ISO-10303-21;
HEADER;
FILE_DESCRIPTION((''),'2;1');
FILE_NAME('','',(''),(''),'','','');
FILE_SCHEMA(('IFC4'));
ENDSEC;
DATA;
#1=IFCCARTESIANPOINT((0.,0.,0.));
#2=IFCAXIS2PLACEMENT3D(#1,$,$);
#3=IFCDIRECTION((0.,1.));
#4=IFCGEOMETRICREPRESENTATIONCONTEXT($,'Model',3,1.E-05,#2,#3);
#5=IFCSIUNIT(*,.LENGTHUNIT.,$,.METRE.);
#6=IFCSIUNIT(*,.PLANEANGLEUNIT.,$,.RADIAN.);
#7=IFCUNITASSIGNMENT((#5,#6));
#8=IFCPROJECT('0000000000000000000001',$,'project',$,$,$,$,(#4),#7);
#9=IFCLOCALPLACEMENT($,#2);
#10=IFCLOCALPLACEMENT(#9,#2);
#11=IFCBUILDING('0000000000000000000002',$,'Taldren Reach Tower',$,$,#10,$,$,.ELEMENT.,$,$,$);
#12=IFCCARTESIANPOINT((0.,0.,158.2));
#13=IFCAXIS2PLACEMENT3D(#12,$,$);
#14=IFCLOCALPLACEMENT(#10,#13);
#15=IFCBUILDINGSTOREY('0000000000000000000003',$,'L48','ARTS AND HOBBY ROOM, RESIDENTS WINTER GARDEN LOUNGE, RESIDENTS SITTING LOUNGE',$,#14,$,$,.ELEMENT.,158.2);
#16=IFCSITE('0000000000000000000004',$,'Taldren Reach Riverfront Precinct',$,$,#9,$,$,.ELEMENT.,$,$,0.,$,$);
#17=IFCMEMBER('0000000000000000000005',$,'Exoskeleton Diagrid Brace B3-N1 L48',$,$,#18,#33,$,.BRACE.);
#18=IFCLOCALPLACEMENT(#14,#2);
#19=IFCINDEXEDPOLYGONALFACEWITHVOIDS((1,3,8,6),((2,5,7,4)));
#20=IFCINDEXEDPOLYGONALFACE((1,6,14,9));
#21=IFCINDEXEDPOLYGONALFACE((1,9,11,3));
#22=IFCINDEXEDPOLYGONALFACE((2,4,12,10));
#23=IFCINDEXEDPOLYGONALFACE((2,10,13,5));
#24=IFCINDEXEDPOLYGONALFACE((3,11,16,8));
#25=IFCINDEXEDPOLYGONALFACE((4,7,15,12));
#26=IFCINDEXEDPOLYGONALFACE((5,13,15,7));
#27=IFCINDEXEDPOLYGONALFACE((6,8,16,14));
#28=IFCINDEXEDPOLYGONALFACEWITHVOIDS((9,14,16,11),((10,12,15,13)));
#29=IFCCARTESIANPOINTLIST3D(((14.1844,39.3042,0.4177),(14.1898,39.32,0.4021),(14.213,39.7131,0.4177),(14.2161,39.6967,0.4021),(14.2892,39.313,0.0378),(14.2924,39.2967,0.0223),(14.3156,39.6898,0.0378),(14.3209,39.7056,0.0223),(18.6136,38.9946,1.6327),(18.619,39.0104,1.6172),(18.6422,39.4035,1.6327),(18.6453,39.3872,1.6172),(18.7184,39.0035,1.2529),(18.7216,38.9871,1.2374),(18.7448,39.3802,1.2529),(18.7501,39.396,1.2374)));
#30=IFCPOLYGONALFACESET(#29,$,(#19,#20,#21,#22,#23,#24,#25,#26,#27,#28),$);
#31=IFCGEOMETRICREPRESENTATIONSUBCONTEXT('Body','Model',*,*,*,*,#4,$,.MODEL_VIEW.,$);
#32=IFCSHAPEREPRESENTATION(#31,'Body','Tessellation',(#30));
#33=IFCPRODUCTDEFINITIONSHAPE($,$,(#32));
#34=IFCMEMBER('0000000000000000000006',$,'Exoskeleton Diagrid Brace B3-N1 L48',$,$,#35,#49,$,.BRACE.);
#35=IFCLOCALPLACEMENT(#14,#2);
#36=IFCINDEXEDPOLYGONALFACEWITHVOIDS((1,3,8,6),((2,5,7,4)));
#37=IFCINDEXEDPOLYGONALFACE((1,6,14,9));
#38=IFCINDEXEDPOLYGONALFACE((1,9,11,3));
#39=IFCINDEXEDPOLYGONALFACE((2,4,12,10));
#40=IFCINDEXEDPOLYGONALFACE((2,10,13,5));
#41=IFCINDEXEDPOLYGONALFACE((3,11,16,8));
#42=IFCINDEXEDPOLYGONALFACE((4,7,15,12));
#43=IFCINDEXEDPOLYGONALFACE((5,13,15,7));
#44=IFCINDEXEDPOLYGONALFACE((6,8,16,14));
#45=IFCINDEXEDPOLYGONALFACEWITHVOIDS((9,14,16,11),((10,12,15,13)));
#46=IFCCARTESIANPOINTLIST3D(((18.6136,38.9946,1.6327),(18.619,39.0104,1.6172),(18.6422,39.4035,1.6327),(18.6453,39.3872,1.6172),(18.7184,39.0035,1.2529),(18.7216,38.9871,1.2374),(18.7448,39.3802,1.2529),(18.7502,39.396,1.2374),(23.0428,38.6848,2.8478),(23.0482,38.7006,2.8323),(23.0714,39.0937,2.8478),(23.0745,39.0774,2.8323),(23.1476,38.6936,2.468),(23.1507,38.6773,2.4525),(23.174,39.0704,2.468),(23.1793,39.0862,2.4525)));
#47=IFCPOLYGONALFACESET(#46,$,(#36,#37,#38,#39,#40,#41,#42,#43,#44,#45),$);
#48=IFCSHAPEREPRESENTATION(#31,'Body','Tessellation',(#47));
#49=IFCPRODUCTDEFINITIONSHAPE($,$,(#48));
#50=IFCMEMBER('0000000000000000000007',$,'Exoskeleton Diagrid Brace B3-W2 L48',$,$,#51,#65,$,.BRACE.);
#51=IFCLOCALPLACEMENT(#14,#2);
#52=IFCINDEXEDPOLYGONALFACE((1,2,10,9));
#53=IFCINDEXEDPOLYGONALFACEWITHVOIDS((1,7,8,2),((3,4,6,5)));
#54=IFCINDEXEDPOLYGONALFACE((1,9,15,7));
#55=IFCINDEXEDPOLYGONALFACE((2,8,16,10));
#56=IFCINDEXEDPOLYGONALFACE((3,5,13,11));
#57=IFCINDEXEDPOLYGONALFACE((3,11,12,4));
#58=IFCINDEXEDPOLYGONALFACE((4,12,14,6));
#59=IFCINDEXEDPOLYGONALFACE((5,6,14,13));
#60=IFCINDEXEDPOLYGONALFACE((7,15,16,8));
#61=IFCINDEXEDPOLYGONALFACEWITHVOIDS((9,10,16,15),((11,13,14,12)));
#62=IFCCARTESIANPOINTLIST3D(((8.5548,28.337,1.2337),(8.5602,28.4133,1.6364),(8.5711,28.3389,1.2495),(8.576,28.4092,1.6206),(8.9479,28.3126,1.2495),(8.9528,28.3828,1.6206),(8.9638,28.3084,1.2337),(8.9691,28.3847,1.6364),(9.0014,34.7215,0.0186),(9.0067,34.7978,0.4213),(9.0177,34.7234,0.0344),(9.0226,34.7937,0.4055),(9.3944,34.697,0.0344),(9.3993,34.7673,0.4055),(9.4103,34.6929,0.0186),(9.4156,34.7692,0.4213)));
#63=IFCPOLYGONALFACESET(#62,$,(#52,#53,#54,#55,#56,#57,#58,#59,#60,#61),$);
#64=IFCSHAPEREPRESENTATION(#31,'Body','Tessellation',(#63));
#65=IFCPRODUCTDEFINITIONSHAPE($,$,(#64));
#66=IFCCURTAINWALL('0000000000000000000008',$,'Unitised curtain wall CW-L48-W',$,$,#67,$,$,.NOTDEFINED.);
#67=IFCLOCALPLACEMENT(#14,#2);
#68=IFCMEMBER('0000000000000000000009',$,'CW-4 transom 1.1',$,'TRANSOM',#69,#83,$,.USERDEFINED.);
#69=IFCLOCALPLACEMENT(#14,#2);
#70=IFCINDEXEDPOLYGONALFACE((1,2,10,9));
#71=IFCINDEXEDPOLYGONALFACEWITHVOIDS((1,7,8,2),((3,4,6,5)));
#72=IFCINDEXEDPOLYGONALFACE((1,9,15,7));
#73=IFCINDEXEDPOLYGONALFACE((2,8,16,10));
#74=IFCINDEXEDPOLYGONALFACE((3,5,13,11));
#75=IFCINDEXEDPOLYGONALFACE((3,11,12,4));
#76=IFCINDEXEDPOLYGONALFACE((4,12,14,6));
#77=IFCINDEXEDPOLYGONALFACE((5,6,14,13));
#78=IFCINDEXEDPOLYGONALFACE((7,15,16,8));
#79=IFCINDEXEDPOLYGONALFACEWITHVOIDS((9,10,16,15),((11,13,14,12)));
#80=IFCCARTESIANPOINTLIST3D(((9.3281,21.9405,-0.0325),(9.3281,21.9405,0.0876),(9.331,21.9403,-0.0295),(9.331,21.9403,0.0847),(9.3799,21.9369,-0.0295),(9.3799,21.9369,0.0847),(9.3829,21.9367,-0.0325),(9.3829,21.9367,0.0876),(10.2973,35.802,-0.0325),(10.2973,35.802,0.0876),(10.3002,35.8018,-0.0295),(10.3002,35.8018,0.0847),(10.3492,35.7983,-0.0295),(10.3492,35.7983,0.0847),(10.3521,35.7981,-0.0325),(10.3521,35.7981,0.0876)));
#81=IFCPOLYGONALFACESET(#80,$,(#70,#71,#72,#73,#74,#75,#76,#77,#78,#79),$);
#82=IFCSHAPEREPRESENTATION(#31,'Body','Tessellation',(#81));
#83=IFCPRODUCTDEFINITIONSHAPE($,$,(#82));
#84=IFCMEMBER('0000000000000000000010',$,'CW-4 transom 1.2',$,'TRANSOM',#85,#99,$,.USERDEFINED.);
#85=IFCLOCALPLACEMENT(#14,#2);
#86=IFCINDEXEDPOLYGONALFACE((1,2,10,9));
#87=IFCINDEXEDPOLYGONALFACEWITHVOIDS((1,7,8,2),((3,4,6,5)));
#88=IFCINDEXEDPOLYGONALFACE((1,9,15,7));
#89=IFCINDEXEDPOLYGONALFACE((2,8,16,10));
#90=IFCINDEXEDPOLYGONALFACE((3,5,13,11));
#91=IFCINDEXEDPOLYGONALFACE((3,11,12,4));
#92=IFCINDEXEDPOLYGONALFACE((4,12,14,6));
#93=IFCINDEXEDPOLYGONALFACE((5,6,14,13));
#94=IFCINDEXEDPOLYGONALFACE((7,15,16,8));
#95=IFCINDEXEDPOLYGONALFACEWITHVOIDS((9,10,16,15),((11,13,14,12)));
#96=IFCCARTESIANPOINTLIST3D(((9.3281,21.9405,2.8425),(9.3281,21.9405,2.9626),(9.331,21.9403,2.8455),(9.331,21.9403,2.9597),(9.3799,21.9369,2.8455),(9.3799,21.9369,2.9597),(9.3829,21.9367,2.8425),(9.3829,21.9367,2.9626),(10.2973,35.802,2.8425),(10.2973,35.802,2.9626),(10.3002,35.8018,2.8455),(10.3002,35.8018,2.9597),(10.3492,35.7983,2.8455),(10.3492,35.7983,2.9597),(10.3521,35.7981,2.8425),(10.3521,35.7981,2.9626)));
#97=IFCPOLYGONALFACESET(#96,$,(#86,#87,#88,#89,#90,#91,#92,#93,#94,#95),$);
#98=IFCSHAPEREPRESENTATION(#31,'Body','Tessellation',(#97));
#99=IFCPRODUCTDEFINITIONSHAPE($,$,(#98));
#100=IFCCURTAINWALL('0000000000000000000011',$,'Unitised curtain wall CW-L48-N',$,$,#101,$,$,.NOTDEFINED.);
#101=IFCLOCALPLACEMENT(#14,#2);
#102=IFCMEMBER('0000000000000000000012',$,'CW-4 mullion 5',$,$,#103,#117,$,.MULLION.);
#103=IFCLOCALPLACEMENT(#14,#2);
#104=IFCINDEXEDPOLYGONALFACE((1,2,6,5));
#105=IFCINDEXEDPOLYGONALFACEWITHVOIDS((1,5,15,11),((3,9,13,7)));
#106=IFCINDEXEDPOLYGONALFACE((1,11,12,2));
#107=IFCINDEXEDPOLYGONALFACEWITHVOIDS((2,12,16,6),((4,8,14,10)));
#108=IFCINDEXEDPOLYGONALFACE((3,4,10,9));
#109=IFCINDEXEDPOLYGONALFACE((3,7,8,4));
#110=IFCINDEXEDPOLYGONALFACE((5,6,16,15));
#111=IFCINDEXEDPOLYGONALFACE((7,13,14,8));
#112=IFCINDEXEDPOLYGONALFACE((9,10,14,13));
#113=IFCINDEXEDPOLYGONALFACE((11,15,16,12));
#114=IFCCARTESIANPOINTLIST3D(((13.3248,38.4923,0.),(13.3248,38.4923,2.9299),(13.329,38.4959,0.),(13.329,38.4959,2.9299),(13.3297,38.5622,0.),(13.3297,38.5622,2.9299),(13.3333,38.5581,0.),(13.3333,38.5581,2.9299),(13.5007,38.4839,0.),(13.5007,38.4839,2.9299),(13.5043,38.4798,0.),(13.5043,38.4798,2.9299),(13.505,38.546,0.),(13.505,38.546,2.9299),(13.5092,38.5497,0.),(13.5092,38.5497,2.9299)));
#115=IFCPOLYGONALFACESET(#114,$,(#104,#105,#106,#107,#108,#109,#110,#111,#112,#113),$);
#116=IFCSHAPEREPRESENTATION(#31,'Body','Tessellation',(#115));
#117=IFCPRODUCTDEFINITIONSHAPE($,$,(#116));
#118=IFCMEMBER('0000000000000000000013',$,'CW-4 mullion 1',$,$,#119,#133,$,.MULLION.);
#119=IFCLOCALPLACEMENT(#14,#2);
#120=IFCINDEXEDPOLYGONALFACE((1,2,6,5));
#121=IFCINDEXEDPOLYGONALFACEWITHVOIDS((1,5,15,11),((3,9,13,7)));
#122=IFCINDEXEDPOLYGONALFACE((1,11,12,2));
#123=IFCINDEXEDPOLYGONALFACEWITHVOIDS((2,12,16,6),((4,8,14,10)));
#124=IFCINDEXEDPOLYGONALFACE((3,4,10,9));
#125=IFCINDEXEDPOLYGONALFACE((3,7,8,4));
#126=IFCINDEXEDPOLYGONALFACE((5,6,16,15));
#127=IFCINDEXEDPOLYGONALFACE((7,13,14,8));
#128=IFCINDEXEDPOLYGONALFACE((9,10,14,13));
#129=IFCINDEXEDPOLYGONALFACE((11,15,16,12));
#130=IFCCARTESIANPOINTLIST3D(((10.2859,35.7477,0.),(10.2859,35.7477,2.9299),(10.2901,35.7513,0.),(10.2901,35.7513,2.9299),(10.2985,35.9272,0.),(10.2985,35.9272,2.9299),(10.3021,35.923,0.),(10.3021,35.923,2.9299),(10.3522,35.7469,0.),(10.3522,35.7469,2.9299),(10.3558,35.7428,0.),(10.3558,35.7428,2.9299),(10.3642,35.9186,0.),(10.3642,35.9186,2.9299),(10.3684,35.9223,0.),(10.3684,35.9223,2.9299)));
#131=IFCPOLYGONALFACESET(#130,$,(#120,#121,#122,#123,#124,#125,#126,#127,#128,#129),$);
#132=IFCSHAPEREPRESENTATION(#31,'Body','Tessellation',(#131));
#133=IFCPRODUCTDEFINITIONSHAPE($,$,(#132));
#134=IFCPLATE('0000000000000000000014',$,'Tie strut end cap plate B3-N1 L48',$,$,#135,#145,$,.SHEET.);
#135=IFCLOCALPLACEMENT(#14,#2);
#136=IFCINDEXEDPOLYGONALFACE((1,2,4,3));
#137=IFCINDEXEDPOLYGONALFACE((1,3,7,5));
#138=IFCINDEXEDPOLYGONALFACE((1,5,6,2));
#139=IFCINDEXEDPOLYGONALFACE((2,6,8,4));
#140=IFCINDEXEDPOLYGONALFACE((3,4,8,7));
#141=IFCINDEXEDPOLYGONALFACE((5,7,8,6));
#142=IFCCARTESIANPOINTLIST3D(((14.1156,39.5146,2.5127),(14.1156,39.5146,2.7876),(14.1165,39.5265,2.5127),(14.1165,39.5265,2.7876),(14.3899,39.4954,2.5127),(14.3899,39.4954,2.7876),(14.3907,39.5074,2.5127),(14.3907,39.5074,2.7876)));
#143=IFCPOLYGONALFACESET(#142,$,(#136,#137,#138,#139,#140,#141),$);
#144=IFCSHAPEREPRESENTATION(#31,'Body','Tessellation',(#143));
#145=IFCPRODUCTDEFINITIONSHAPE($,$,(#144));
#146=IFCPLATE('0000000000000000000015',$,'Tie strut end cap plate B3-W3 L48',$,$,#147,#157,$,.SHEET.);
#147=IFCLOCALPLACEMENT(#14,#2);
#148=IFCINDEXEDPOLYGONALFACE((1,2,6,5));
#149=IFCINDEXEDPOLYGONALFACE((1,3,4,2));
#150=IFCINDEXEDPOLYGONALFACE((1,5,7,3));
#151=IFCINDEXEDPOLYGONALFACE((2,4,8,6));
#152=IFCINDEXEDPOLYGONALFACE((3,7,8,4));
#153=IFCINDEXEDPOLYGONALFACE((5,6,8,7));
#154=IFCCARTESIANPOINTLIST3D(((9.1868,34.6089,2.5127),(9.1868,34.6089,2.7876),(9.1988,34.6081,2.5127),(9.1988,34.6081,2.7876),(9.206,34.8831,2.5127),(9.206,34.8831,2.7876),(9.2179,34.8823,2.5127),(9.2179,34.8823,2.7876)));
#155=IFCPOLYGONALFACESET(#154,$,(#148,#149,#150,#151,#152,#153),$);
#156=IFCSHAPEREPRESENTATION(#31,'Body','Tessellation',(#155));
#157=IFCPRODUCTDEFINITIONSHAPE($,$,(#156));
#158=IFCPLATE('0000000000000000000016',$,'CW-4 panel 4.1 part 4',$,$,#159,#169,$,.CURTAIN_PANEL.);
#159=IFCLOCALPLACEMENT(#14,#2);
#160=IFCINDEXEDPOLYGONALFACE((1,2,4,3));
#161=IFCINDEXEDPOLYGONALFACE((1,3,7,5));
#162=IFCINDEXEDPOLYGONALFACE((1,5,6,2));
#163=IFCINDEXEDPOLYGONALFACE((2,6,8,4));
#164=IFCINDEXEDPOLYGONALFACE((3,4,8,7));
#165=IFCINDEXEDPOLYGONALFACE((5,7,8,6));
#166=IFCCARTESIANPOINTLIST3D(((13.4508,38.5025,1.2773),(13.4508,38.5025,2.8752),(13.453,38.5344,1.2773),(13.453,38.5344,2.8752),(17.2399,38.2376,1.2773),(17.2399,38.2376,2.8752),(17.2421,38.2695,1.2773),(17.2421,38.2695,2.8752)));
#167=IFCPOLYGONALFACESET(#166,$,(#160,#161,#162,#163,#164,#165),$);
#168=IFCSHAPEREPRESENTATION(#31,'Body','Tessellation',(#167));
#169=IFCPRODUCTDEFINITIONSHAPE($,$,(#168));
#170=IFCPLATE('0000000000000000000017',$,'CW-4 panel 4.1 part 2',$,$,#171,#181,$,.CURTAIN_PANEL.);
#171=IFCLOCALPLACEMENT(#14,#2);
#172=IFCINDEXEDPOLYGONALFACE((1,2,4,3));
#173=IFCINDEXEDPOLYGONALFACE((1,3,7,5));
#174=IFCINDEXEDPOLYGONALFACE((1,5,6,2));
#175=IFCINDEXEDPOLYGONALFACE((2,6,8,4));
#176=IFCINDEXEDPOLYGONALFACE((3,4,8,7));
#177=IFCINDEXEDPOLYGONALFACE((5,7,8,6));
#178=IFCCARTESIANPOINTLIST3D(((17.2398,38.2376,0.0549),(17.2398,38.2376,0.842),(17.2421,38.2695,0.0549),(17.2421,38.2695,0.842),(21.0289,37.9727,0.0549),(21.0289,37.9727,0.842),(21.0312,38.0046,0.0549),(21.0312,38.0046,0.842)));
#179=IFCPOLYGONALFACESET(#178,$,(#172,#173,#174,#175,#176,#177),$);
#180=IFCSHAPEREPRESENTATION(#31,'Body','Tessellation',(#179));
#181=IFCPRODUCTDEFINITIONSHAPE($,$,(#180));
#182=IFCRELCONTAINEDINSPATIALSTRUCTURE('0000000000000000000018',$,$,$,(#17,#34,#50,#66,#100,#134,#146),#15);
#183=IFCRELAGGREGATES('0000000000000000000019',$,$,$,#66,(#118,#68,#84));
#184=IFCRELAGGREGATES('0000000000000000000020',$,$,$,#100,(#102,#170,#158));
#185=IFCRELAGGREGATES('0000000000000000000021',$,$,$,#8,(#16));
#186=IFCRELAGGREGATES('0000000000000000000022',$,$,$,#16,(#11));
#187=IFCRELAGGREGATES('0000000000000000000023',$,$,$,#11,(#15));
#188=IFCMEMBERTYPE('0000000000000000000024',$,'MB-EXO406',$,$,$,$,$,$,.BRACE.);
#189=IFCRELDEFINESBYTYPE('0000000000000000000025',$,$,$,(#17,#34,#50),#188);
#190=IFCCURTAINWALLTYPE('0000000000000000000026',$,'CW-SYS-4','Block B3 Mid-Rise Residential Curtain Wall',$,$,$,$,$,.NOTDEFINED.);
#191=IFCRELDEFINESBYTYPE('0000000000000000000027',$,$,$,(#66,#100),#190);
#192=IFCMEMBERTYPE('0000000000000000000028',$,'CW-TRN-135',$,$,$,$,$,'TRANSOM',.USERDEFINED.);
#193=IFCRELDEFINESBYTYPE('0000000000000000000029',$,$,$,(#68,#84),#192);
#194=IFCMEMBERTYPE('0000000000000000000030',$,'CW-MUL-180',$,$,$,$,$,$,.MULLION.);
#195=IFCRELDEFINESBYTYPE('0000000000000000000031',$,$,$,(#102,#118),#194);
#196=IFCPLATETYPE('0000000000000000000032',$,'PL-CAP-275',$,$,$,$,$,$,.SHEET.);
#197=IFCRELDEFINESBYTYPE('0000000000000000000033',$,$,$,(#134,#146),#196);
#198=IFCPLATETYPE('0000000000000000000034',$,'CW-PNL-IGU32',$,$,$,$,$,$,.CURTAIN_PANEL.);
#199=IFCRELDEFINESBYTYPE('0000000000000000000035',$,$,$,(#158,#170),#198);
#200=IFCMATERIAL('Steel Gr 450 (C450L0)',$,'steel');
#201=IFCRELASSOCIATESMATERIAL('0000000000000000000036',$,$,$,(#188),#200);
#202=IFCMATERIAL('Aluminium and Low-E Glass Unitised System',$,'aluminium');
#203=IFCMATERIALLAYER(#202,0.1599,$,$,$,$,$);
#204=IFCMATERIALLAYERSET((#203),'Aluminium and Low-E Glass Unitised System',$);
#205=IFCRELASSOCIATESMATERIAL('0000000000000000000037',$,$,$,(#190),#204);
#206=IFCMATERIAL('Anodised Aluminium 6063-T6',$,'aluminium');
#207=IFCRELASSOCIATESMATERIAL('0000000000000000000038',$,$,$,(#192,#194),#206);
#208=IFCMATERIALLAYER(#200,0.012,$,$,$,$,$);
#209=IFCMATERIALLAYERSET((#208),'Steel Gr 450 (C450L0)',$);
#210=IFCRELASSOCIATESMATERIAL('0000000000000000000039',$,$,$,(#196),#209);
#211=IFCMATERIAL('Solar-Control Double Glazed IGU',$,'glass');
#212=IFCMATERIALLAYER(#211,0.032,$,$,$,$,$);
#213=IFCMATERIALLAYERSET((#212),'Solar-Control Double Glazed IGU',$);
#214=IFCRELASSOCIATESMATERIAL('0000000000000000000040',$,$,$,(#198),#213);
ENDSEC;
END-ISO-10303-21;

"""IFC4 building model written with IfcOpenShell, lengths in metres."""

from ifc_helpers import new_model, si_unit, direction, frame, origin, origin_2d, place, context, subcontext, project, spatial, rectangle, hollow_rectangle, extrude, source, transform, mapped, material, layer, layer_set, material_profile, profile_set, type_object, element, aggregate, save


model = new_model("IFC4")

# Units and contexts
model_context = context("Model", 3, precision=1e-05, world=origin(), true_north=direction((0.0, 1.0)))
body_context = subcontext(model_context, "Body", "Model", "MODEL_VIEW")
ifc_project = project(units=[si_unit("LENGTHUNIT", "METRE"), si_unit("PLANEANGLEUNIT", "RADIAN")], contexts=[model_context])

# Site, building, storey
site_placement = place(None, origin())
site = spatial("IfcSite", under=ifc_project, at=site_placement, Name="Taldren Reach Riverfront Precinct", CompositionType="ELEMENT", RefElevation=0.0)
building_placement = place(site_placement, origin())
building = spatial("IfcBuilding", under=site, at=building_placement, Name="Taldren Reach Tower", CompositionType="ELEMENT")
storey_placement = place(building_placement, frame((0.0, 0.0, 158.2)))
storey = spatial("IfcBuildingStorey", under=building, at=storey_placement, Name="L48", Description="ARTS AND HOBBY ROOM, RESIDENTS WINTER GARDEN LOUNGE, RESIDENTS SITTING LOUNGE", CompositionType="ELEMENT", Elevation=158.2)

# Shared definitions
ifc_material_1 = material(Name="Steel Gr 450 (C450L0)", Category="steel")

# Members
ifc_material_profile_1 = material_profile(ifc_material_1, hollow_rectangle(XDim=0.4099, YDim=0.4099, WallThickness=0.0161, at=origin_2d()), Name="410x410x16.0SHS")
ifc_profile_set_1 = profile_set([ifc_material_profile_1], Name="Steel Gr 450 (C450L0)")
member_type_1 = type_object("IfcMemberType", Name="MB-EXO406", PredefinedType="BRACE", material=ifc_profile_set_1)
shared_shape_1 = source(origin(), body_context, "Body", "SweptSolid", [
    extrude(hollow_rectangle(XDim=0.4099, YDim=0.4099, WallThickness=0.0161, at=origin_2d()), origin(), (0.0, 0.0, 1.0), 4.6033),
])
for number, where, z_axis, x_axis, name in (
    (1, (14.2527, 39.5049, 0.22), (0.962186, -0.06725, 0.263962), (0.069723, 0.997566, 0.0), "Exoskeleton Diagrid Brace B3-N1 L48"),
    (2, (18.6819, 39.1953, 1.4351), (0.962182, -0.067303, 0.263961), (0.069778, 0.997563, 0.0), "Exoskeleton Diagrid Brace B3-N1 L48"),
):
    element("IfcMember", number, at=place(storey_placement, frame(where, z_axis=z_axis, x_axis=x_axis)), inside=storey, type_object=member_type_1, Name=name, PredefinedType="BRACE", context=body_context, shape_type="MappedRepresentation", body=[
        mapped(shared_shape_1, transform((0.0, 0.0, 0.0), scale=1.0)),
    ])
shared_shape_2 = source(origin(), body_context, "Body", "SweptSolid", [
    extrude(hollow_rectangle(XDim=0.4099, YDim=0.4099, WallThickness=0.0161, at=origin_2d()), origin(), (0.0, 0.0, 1.0), 6.5144),
])
member_1_placement = place(storey_placement, frame((9.2085, 34.7454, 0.22), z_axis=(-0.068545, -0.980057, 0.186522), x_axis=(0.997563, -0.06977, 0.0)))
element("IfcMember", 3, at=member_1_placement, inside=storey, type_object=member_type_1, Name="Exoskeleton Diagrid Brace B3-W2 L48", PredefinedType="BRACE", context=body_context, shape_type="MappedRepresentation", body=[
    mapped(shared_shape_2, transform((0.0, 0.0, 0.0), scale=1.0)),
])

# Curtain wall, members
ifc_material_2 = material(Name="Aluminium and Low-E Glass Unitised System", Category="aluminium")
ifc_layer_1 = layer(ifc_material_2, 0.1599)
ifc_layer_set_1 = layer_set([ifc_layer_1], Name="Aluminium and Low-E Glass Unitised System")
curtain_wall_type = type_object("IfcCurtainWallType", Name="CW-SYS-4", Description="Block B3 Mid-Rise Residential Curtain Wall", PredefinedType="NOTDEFINED", material=ifc_layer_set_1)
curtain_wall_1_placement = place(storey_placement, origin())
curtain_wall_1 = element("IfcCurtainWall", 4, at=curtain_wall_1_placement, inside=storey, type_object=curtain_wall_type, Name="Unitised curtain wall CW-L48-W", PredefinedType="NOTDEFINED")
ifc_material_3 = material(Name="Anodised Aluminium 6063-T6", Category="aluminium")
ifc_material_profile_2 = material_profile(ifc_material_3, hollow_rectangle(XDim=0.0549, YDim=0.1201, WallThickness=0.0029, at=origin_2d()), Name="ALU-120x55x3RHS")
ifc_profile_set_2 = profile_set([ifc_material_profile_2], Name="Anodised Aluminium 6063-T6")
member_type_2 = type_object("IfcMemberType", Name="CW-TRN-135", ElementType="TRANSOM", PredefinedType="USERDEFINED", material=ifc_profile_set_2)
shared_shape_3 = source(origin(), body_context, "Body", "SweptSolid", [
    extrude(hollow_rectangle(XDim=0.0549, YDim=0.1201, WallThickness=0.0029, at=origin_2d()), origin(), (0.0, 0.0, 1.0), 13.8953),
])
member_2_placement = place(storey_placement, frame((10.3247, 35.8, 0.0276), z_axis=(-0.069754, -0.997564, 0.0), x_axis=(0.997564, -0.069754, 0.0)))
member_2 = element("IfcMember", 5, at=member_2_placement, type_object=member_type_2, Name="CW-4 transom 1.1", ObjectType="TRANSOM", PredefinedType="USERDEFINED", context=body_context, shape_type="MappedRepresentation", body=[
    mapped(shared_shape_3, transform((0.0, 0.0, 0.0), scale=1.0)),
])
member_3_placement = place(storey_placement, frame((10.3247, 35.8, 2.9026), z_axis=(-0.069754, -0.997564, 0.0), x_axis=(0.997564, -0.069754, 0.0)))
member_3 = element("IfcMember", 6, at=member_3_placement, type_object=member_type_2, Name="CW-4 transom 1.2", ObjectType="TRANSOM", PredefinedType="USERDEFINED", context=body_context, shape_type="MappedRepresentation", body=[
    mapped(shared_shape_3, transform((0.0, 0.0, 0.0), scale=1.0)),
])

# Curtain wall, member
curtain_wall_2_placement = place(storey_placement, origin())
curtain_wall_2 = element("IfcCurtainWall", 7, at=curtain_wall_2_placement, inside=storey, type_object=curtain_wall_type, Name="Unitised curtain wall CW-L48-N", PredefinedType="NOTDEFINED")
ifc_material_profile_3 = material_profile(ifc_material_3, hollow_rectangle(XDim=0.0701, YDim=0.1799, WallThickness=0.0039, at=origin_2d()), Name="ALU-180x70x4RHS")
ifc_profile_set_3 = profile_set([ifc_material_profile_3], Name="Anodised Aluminium 6063-T6")
member_type_3 = type_object("IfcMemberType", Name="CW-MUL-180", PredefinedType="MULLION", material=ifc_profile_set_3)
shared_shape_4 = source(origin(), body_context, "Body", "SweptSolid", [
    extrude(hollow_rectangle(XDim=0.0701, YDim=0.1799, WallThickness=0.0039, at=origin_2d()), origin(), (0.0, 0.0, 1.0), 2.9299),
])
member_4_placement = place(storey_placement, frame((13.417, 38.521, 0.0), z_axis=(0.0, 0.0, 1.0), x_axis=(-0.069757, -0.997564, 0.0)))
member_4 = element("IfcMember", 8, at=member_4_placement, type_object=member_type_3, Name="CW-4 mullion 5", PredefinedType="MULLION", context=body_context, shape_type="MappedRepresentation", body=[
    mapped(shared_shape_4, transform((0.0, 0.0, 0.0), scale=1.0)),
])

# Member
member_5_placement = place(storey_placement, frame((10.3271, 35.835, 0.0), z_axis=(0.0, 0.0, 1.0), x_axis=(0.997564, -0.069756, 0.0)))
member_5 = element("IfcMember", 9, at=member_5_placement, type_object=member_type_3, Name="CW-4 mullion 1", PredefinedType="MULLION", context=body_context, shape_type="MappedRepresentation", body=[
    mapped(shared_shape_4, transform((0.0, 0.0, 0.0), scale=1.0)),
])
aggregate(curtain_wall_1, [member_5, member_2, member_3])

# Plates
ifc_layer_2 = layer(ifc_material_1, 0.012)
ifc_layer_set_2 = layer_set([ifc_layer_2], Name="Steel Gr 450 (C450L0)")
plate_type_1 = type_object("IfcPlateType", Name="PL-CAP-275", PredefinedType="SHEET", material=ifc_layer_set_2)
shared_shape_5 = source(origin(), body_context, "Body", "SweptSolid", [
    extrude(rectangle(XDim=0.2749, YDim=0.012, at=origin_2d()), origin(), (0.0, 0.0, 1.0), 0.2749),
])
plate_1_placement = place(storey_placement, frame((14.2532, 39.511, 2.5127), z_axis=(0.0, 0.0, 1.0), x_axis=(0.997564, -0.069756, 0.0)))
element("IfcPlate", 10, at=plate_1_placement, inside=storey, type_object=plate_type_1, Name="Tie strut end cap plate B3-N1 L48", PredefinedType="SHEET", context=body_context, shape_type="MappedRepresentation", body=[
    mapped(shared_shape_5, transform((0.0, 0.0, 0.0), scale=1.0)),
])
shared_shape_6 = source(origin(), body_context, "Body", "SweptSolid", [
    extrude(rectangle(XDim=0.012, YDim=0.2749, at=origin_2d()), origin(), (0.0, 0.0, 1.0), 0.2749),
])
plate_2_placement = place(storey_placement, frame((9.2024, 34.7456, 2.5127), z_axis=(0.0, 0.0, 1.0), x_axis=(0.997564, -0.069756, 0.0)))
element("IfcPlate", 11, at=plate_2_placement, inside=storey, type_object=plate_type_1, Name="Tie strut end cap plate B3-W3 L48", PredefinedType="SHEET", context=body_context, shape_type="MappedRepresentation", body=[
    mapped(shared_shape_6, transform((0.0, 0.0, 0.0), scale=1.0)),
])

# Plates
ifc_material_4 = material(Name="Solar-Control Double Glazed IGU", Category="glass")
ifc_layer_3 = layer(ifc_material_4, 0.032)
ifc_layer_set_3 = layer_set([ifc_layer_3], Name="Solar-Control Double Glazed IGU")
plate_type_2 = type_object("IfcPlateType", Name="CW-PNL-IGU32", PredefinedType="CURTAIN_PANEL", material=ifc_layer_set_3)
shared_shape_7 = source(origin(), body_context, "Body", "SweptSolid", [
    extrude(rectangle(XDim=3.7983, YDim=0.032, at=origin_2d()), origin(), (0.0, 0.0, 1.0), 1.5979),
])
plate_3_placement = place(storey_placement, frame((15.3464, 38.386, 1.2773), z_axis=(0.0, 0.0, 1.0), x_axis=(-0.997564, 0.069757, 0.0)))
plate_3 = element("IfcPlate", 12, at=plate_3_placement, type_object=plate_type_2, Name="CW-4 panel 4.1 part 4", PredefinedType="CURTAIN_PANEL", context=body_context, shape_type="MappedRepresentation", body=[
    mapped(shared_shape_7, transform((0.0, 0.0, 0.0), scale=1.0)),
])
shared_shape_8 = source(origin(), body_context, "Body", "SweptSolid", [
    extrude(rectangle(XDim=3.7983, YDim=0.032, at=origin_2d()), origin(), (0.0, 0.0, 1.0), 0.7871),
])
plate_4_placement = place(storey_placement, frame((19.1355, 38.1211, 0.0549), z_axis=(0.0, 0.0, 1.0), x_axis=(-0.997564, 0.069757, 0.0)))
plate_4 = element("IfcPlate", 13, at=plate_4_placement, type_object=plate_type_2, Name="CW-4 panel 4.1 part 2", PredefinedType="CURTAIN_PANEL", context=body_context, shape_type="MappedRepresentation", body=[
    mapped(shared_shape_8, transform((0.0, 0.0, 0.0), scale=1.0)),
])
aggregate(curtain_wall_2, [member_4, plate_4, plate_3])

save(model, "model.ifc")
